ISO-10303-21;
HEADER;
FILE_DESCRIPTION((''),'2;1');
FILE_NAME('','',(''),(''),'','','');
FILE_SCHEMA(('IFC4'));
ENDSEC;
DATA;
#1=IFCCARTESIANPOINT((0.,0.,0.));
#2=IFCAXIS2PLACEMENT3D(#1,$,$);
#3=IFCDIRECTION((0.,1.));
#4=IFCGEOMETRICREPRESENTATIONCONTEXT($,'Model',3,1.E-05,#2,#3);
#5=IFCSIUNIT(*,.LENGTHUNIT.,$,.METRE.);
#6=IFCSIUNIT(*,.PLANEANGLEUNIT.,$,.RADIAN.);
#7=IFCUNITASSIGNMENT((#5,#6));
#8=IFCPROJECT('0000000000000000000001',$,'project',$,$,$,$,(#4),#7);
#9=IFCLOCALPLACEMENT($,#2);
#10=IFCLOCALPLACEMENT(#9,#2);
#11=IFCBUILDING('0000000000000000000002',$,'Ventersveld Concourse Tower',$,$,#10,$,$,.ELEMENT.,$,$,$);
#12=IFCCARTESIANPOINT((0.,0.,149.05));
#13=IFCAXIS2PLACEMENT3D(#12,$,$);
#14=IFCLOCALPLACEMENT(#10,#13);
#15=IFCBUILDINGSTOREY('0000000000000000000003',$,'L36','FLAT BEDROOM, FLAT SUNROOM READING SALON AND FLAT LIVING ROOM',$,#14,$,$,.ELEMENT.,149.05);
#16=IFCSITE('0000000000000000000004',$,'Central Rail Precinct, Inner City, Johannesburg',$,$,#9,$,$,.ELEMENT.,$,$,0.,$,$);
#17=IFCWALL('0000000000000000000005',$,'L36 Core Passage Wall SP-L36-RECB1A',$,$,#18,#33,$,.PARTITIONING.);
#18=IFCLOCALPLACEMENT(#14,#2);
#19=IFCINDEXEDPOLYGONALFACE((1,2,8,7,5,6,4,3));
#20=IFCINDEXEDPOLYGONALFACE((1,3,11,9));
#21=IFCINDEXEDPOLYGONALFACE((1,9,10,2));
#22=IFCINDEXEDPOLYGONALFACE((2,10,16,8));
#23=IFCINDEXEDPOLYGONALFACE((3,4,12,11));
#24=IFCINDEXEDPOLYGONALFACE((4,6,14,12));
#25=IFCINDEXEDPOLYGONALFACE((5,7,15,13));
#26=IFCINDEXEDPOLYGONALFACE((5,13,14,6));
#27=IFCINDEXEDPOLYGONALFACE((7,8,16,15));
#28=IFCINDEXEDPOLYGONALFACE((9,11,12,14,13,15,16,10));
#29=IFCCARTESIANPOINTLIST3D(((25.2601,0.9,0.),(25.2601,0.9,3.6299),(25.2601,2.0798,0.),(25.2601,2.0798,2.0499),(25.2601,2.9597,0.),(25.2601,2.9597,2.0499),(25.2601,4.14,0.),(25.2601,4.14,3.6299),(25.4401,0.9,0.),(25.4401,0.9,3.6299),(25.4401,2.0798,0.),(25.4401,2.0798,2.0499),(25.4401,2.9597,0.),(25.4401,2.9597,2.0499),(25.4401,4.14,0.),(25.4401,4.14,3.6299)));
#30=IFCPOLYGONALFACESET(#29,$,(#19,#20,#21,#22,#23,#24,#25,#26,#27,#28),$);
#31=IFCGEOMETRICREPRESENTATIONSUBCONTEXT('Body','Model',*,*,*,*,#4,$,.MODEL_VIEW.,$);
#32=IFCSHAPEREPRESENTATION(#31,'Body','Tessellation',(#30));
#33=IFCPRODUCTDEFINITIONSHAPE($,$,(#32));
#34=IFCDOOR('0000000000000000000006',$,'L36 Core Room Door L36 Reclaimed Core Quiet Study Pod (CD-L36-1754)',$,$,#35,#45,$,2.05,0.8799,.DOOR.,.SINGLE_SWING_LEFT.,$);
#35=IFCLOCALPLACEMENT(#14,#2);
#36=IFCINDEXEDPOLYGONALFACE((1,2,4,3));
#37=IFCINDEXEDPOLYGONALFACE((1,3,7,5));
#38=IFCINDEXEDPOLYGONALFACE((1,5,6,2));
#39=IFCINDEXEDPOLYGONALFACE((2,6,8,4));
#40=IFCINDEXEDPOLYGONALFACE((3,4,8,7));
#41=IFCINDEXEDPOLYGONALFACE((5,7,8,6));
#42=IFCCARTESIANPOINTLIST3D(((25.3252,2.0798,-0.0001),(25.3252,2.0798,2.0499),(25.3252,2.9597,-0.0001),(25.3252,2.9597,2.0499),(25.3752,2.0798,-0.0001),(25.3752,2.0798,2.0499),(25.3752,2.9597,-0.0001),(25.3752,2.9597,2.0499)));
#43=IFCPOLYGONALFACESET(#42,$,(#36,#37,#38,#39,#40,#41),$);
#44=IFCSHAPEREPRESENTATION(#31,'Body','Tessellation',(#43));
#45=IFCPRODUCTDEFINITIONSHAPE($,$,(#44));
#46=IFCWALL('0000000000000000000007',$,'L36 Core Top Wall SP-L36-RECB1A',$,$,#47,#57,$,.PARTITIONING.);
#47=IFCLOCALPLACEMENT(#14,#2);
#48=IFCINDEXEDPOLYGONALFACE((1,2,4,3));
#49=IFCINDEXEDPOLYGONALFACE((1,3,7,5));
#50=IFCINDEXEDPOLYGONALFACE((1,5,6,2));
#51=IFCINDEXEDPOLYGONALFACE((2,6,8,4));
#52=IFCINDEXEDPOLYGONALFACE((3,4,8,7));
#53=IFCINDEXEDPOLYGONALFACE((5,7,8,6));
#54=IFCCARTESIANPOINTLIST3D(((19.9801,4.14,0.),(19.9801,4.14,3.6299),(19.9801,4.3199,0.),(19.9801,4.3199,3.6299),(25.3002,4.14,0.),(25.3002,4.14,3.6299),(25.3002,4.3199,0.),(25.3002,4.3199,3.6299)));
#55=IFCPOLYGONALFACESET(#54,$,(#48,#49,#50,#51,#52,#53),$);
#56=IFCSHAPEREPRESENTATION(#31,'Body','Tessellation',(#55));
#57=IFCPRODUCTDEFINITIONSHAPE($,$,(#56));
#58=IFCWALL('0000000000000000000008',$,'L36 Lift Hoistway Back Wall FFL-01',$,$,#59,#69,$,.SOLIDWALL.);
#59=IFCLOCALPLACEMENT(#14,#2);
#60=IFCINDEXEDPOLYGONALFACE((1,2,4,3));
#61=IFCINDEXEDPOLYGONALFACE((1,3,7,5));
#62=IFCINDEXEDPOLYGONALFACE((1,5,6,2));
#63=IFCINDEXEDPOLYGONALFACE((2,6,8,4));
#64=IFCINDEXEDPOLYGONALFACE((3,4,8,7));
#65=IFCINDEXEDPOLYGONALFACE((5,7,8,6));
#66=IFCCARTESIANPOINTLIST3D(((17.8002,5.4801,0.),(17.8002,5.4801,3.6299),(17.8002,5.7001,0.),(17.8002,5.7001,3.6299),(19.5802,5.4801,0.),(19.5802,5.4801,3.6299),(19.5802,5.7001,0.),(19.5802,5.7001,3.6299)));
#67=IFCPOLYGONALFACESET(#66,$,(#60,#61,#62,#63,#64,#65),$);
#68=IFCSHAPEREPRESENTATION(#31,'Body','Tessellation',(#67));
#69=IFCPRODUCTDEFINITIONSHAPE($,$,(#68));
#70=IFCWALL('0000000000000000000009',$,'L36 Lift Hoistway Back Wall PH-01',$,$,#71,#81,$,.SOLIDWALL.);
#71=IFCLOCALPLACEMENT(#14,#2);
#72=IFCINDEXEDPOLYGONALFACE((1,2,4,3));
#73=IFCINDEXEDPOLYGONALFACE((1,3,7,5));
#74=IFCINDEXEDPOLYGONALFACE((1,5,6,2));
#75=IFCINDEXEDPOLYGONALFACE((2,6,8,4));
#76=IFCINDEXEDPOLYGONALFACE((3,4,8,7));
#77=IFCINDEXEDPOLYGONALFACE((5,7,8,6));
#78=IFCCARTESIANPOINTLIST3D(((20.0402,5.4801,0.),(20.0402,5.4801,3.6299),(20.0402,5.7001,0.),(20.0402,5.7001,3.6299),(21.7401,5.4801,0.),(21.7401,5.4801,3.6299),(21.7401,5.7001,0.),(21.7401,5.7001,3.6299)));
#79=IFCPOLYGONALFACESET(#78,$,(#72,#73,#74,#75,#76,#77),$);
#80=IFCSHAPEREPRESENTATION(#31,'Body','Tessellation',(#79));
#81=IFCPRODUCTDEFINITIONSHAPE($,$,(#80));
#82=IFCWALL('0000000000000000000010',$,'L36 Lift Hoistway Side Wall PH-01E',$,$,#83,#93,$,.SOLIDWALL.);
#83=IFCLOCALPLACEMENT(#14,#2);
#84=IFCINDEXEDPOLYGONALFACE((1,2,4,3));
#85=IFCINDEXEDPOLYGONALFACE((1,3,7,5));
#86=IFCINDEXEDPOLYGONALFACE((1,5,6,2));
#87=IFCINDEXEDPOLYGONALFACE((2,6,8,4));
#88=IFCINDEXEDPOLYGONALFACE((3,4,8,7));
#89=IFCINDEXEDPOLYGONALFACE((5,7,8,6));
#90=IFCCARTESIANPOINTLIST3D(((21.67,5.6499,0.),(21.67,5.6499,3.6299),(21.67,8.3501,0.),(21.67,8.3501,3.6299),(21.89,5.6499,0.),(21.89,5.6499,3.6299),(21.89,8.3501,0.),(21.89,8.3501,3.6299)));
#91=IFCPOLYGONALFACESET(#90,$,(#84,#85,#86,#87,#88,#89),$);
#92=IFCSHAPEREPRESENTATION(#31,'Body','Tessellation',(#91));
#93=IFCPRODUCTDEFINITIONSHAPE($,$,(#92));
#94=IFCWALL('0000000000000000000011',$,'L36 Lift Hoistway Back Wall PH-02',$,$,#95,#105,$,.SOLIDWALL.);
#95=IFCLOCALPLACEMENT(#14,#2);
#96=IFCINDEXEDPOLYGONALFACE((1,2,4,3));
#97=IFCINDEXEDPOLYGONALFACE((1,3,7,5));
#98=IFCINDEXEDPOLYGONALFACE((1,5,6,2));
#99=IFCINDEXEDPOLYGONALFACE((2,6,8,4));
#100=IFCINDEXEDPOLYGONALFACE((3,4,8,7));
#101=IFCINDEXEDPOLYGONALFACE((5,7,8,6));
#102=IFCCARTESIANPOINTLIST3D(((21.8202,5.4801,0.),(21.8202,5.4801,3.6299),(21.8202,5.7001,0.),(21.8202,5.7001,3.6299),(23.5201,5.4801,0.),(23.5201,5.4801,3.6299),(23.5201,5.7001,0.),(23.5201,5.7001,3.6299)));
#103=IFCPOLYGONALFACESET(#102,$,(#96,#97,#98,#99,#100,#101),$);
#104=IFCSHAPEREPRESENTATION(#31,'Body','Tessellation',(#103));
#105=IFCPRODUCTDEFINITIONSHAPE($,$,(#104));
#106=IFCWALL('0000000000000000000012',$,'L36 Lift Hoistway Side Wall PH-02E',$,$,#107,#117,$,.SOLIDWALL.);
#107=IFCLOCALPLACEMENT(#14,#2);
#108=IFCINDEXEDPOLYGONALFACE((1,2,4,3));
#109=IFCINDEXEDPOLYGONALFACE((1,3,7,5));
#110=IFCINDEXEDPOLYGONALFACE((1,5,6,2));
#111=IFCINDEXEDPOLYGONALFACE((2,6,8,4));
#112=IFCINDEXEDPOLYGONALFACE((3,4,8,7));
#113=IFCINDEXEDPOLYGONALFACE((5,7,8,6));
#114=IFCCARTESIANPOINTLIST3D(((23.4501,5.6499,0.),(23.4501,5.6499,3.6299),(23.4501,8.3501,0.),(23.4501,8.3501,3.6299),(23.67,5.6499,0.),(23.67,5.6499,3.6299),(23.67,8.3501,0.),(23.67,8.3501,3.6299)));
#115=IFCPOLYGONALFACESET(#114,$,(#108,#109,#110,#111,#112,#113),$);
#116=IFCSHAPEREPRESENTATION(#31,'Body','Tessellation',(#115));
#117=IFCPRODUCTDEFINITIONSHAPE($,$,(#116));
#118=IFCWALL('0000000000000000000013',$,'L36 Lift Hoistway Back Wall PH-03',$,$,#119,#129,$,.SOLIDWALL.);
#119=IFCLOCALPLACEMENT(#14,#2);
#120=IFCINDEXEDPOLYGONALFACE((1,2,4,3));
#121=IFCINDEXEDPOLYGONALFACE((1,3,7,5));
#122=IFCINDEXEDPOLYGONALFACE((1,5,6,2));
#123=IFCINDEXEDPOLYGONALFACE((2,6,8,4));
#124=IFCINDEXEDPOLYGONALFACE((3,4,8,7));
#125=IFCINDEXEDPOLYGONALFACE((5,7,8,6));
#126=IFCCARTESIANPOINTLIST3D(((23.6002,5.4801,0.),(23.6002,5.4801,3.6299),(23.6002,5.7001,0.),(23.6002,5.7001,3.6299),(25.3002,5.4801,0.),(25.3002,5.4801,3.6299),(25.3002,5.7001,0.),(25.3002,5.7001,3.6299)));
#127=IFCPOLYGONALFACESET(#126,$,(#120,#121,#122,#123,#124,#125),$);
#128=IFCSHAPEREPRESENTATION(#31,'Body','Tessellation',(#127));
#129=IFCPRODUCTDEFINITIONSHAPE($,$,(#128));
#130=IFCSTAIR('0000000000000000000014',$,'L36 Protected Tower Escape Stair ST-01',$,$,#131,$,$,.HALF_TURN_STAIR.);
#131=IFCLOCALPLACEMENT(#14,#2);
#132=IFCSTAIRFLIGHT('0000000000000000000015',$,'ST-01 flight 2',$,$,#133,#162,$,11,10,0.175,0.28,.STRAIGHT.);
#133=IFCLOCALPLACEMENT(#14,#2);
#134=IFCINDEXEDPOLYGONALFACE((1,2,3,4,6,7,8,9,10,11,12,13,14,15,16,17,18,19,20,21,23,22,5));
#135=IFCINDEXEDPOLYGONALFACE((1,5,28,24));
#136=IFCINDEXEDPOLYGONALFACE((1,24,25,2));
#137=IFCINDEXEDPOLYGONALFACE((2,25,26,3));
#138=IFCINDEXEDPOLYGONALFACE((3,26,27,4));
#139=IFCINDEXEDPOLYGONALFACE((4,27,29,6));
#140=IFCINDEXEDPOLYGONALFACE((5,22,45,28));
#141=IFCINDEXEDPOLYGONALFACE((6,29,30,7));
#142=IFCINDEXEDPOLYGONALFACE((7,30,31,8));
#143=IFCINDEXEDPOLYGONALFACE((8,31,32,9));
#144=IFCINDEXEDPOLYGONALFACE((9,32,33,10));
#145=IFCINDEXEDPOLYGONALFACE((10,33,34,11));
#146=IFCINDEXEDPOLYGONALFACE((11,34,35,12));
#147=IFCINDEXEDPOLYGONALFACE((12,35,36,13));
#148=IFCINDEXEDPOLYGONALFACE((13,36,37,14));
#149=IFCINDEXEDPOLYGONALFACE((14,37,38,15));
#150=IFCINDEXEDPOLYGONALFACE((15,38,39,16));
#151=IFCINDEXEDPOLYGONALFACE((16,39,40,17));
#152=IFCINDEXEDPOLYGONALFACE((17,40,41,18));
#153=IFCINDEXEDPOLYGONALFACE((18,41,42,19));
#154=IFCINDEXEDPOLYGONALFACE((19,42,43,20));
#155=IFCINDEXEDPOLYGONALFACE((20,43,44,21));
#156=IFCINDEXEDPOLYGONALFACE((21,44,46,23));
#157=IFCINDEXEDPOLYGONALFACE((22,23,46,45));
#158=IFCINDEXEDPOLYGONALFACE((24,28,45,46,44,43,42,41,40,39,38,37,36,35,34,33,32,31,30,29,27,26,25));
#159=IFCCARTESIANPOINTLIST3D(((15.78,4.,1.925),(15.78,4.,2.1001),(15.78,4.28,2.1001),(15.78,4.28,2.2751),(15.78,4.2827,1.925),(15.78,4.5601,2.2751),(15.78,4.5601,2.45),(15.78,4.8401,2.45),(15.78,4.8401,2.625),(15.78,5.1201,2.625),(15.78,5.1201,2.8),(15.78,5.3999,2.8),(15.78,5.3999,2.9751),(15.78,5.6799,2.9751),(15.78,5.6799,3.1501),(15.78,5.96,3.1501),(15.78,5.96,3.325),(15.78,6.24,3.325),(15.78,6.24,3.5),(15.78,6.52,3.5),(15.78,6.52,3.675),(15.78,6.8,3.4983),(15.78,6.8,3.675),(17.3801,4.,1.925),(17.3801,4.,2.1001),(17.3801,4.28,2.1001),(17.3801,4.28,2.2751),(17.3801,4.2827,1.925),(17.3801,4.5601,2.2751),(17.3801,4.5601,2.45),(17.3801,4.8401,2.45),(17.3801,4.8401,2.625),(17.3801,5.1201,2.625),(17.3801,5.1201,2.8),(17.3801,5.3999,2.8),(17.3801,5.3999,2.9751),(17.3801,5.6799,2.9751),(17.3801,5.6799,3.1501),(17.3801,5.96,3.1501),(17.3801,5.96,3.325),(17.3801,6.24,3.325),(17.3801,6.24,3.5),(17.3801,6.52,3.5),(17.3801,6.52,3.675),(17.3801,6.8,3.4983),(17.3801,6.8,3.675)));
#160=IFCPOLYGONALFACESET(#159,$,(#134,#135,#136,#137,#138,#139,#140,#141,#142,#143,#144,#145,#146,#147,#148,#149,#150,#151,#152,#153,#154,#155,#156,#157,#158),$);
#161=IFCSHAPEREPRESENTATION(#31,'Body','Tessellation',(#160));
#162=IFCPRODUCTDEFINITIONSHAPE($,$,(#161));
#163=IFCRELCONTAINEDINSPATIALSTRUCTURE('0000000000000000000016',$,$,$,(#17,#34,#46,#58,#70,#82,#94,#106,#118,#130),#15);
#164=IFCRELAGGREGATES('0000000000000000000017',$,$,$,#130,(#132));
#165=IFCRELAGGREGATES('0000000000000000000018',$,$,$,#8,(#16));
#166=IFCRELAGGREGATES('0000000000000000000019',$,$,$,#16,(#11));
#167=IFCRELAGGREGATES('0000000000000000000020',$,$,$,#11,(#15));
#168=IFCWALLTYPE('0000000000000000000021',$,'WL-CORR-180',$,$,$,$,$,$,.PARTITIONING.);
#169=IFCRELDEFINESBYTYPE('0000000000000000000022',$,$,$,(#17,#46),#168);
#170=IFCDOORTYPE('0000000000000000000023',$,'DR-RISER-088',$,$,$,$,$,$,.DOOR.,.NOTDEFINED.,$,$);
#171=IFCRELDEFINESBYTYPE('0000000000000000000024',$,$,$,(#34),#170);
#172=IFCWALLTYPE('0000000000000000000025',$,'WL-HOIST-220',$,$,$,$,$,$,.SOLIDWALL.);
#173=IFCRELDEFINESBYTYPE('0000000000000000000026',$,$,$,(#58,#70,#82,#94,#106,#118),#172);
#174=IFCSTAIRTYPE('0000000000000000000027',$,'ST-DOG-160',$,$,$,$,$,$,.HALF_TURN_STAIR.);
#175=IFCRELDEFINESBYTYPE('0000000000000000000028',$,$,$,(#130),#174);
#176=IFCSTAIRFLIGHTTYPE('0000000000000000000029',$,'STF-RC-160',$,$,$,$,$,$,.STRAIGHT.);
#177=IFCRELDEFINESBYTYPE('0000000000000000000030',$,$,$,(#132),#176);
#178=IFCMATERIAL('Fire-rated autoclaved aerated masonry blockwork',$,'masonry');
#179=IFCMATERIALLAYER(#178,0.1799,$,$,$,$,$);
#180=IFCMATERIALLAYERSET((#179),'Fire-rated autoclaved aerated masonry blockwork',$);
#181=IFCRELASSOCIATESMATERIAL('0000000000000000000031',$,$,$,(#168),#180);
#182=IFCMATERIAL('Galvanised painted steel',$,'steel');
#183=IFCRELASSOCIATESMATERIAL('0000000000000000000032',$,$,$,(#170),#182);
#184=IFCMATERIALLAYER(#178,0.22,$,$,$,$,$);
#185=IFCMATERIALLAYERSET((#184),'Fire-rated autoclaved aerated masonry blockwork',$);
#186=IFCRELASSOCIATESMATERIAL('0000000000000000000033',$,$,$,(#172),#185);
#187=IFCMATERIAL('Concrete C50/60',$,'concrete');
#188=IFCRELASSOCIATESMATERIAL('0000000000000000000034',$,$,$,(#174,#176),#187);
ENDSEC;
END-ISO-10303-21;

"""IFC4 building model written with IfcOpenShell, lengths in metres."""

from ifc_helpers import new_model, si_unit, direction, frame, frame_2d, origin, place, context, subcontext, project, spatial, polyline, rectangle, outline, extrude, material, layer, layer_set, type_object, element, fill, aggregate, save


model = new_model("IFC4")

# Units and contexts
model_context = context("Model", 3, precision=1e-05, world=origin(), true_north=direction((0.0, 1.0)))
body_context = subcontext(model_context, "Body", "Model", "MODEL_VIEW")
ifc_project = project(units=[si_unit("LENGTHUNIT", "METRE"), si_unit("PLANEANGLEUNIT", "RADIAN")], contexts=[model_context])

# Site, building, storey
site_placement = place(None, origin())
site = spatial("IfcSite", under=ifc_project, at=site_placement, Name="Central Rail Precinct, Inner City, Johannesburg", CompositionType="ELEMENT", RefElevation=0.0)
building_placement = place(site_placement, origin())
building = spatial("IfcBuilding", under=site, at=building_placement, Name="Ventersveld Concourse Tower", CompositionType="ELEMENT")
storey_placement = place(building_placement, frame((0.0, 0.0, 149.05)))
storey = spatial("IfcBuildingStorey", under=building, at=storey_placement, Name="L36", Description="FLAT BEDROOM, FLAT SUNROOM READING SALON AND FLAT LIVING ROOM", CompositionType="ELEMENT", Elevation=149.05)

# Shared definitions
ifc_material_1 = material(Name="Concrete C50/60", Category="concrete")

# Wall, opening, door
ifc_material_2 = material(Name="Fire-rated autoclaved aerated masonry blockwork", Category="masonry")
ifc_layer_1 = layer(ifc_material_2, 0.1799)
ifc_layer_set_1 = layer_set([ifc_layer_1], Name="Fire-rated autoclaved aerated masonry blockwork")
wall_type_1 = type_object("IfcWallType", Name="WL-CORR-180", PredefinedType="PARTITIONING", material=ifc_layer_set_1)
wall_1_placement = place(storey_placement, frame((25.3501, 0.8999, 0.0), z_axis=(0.0, 0.0, 1.0), x_axis=(0.0, 1.0, 0.0)))
wall_1 = element("IfcWall", 1, at=wall_1_placement, inside=storey, type_object=wall_type_1, Name="L36 Core Passage Wall SP-L36-RECB1A", PredefinedType="PARTITIONING", context=body_context, shape_type="SweptSolid", body=[
    extrude(rectangle(XDim=3.24, YDim=0.1799, at=frame_2d((1.6201, 0.0))), origin(), (0.0, 0.0, 1.0), 3.6299),
])
opening_placement = place(wall_1_placement, frame((1.1799, 0.0, 0.0)))
opening = element("IfcOpeningElement", 2, at=opening_placement, cuts=wall_1, PredefinedType="OPENING", context=body_context, shape_type="SweptSolid", body=[
    extrude(rectangle(XDim=0.8799, YDim=2.05, at=frame_2d((0.4399, 1.0249))), frame((0.0, 0.1001, 0.0), z_axis=(0.0, -1.0, 0.0), x_axis=(1.0, 0.0, 0.0)), (0.0, 0.0, 1.0), 0.2),
])
ifc_material_3 = material(Name="Galvanised painted steel", Category="steel")
door_type = type_object("IfcDoorType", Name="DR-RISER-088", OperationType="NOTDEFINED", PredefinedType="DOOR", material=ifc_material_3)
door_placement = place(opening_placement, origin())
door = element("IfcDoor", 3, at=door_placement, inside=storey, type_object=door_type, Name="L36 Core Room Door L36 Reclaimed Core Quiet Study Pod (CD-L36-1754)", OperationType="SINGLE_SWING_LEFT", OverallHeight=2.05, OverallWidth=0.8799, PredefinedType="DOOR", context=body_context, shape_type="SweptSolid", body=[
    extrude(rectangle(XDim=0.8799, YDim=2.05, at=frame_2d((0.4399, 1.0249))), frame((0.0, 0.0249, 0.0), z_axis=(0.0, -1.0, 0.0), x_axis=(1.0, 0.0, 0.0)), (0.0, 0.0, 1.0), 0.05),
])
fill(opening, door)

# Walls
wall_2_placement = place(storey_placement, frame((19.98, 4.23, 0.0), z_axis=(0.0, 0.0, 1.0), x_axis=(1.0, 0.0, 0.0)))
element("IfcWall", 4, at=wall_2_placement, inside=storey, type_object=wall_type_1, Name="L36 Core Top Wall SP-L36-RECB1A", PredefinedType="PARTITIONING", context=body_context, shape_type="SweptSolid", body=[
    extrude(rectangle(XDim=5.3201, YDim=0.1799, at=frame_2d((2.6602, 0.0))), origin(), (0.0, 0.0, 1.0), 3.6299),
])
ifc_layer_2 = layer(ifc_material_2, 0.22)
ifc_layer_set_2 = layer_set([ifc_layer_2], Name="Fire-rated autoclaved aerated masonry blockwork")
wall_type_2 = type_object("IfcWallType", Name="WL-HOIST-220", PredefinedType="SOLIDWALL", material=ifc_layer_set_2)
wall_3_placement = place(storey_placement, frame((17.8, 5.5901, 0.0), z_axis=(0.0, 0.0, 1.0), x_axis=(1.0, 0.0, 0.0)))
element("IfcWall", 5, at=wall_3_placement, inside=storey, type_object=wall_type_2, Name="L36 Lift Hoistway Back Wall FFL-01", PredefinedType="SOLIDWALL", context=body_context, shape_type="SweptSolid", body=[
    extrude(rectangle(XDim=1.78, YDim=0.22, at=frame_2d((0.8901, 0.0))), origin(), (0.0, 0.0, 1.0), 3.6299),
])
wall_4_placement = place(storey_placement, frame((20.04, 5.5901, 0.0), z_axis=(0.0, 0.0, 1.0), x_axis=(1.0, 0.0, 0.0)))
element("IfcWall", 6, at=wall_4_placement, inside=storey, type_object=wall_type_2, Name="L36 Lift Hoistway Back Wall PH-01", PredefinedType="SOLIDWALL", context=body_context, shape_type="SweptSolid", body=[
    extrude(rectangle(XDim=1.7, YDim=0.22, at=frame_2d((0.8501, 0.0))), origin(), (0.0, 0.0, 1.0), 3.6299),
])
wall_5_placement = place(storey_placement, frame((21.78, 5.6499, 0.0), z_axis=(0.0, 0.0, 1.0), x_axis=(0.0, 1.0, 0.0)))
element("IfcWall", 7, at=wall_5_placement, inside=storey, type_object=wall_type_2, Name="L36 Lift Hoistway Side Wall PH-01E", PredefinedType="SOLIDWALL", context=body_context, shape_type="SweptSolid", body=[
    extrude(rectangle(XDim=2.7002, YDim=0.22, at=frame_2d((1.3501, 0.0))), origin(), (0.0, 0.0, 1.0), 3.6299),
])
wall_6_placement = place(storey_placement, frame((21.8201, 5.5901, 0.0), z_axis=(0.0, 0.0, 1.0), x_axis=(1.0, 0.0, 0.0)))
element("IfcWall", 8, at=wall_6_placement, inside=storey, type_object=wall_type_2, Name="L36 Lift Hoistway Back Wall PH-02", PredefinedType="SOLIDWALL", context=body_context, shape_type="SweptSolid", body=[
    extrude(rectangle(XDim=1.7, YDim=0.22, at=frame_2d((0.8501, 0.0))), origin(), (0.0, 0.0, 1.0), 3.6299),
])
wall_7_placement = place(storey_placement, frame((23.5601, 5.6499, 0.0), z_axis=(0.0, 0.0, 1.0), x_axis=(0.0, 1.0, 0.0)))
element("IfcWall", 9, at=wall_7_placement, inside=storey, type_object=wall_type_2, Name="L36 Lift Hoistway Side Wall PH-02E", PredefinedType="SOLIDWALL", context=body_context, shape_type="SweptSolid", body=[
    extrude(rectangle(XDim=2.7002, YDim=0.22, at=frame_2d((1.3501, 0.0))), origin(), (0.0, 0.0, 1.0), 3.6299),
])
wall_8_placement = place(storey_placement, frame((23.6001, 5.5901, 0.0), z_axis=(0.0, 0.0, 1.0), x_axis=(1.0, 0.0, 0.0)))
element("IfcWall", 10, at=wall_8_placement, inside=storey, type_object=wall_type_2, Name="L36 Lift Hoistway Back Wall PH-03", PredefinedType="SOLIDWALL", context=body_context, shape_type="SweptSolid", body=[
    extrude(rectangle(XDim=1.7, YDim=0.22, at=frame_2d((0.8501, 0.0))), origin(), (0.0, 0.0, 1.0), 3.6299),
])

# Stair, stair flight
stair_type = type_object("IfcStairType", Name="ST-DOG-160", PredefinedType="HALF_TURN_STAIR", material=ifc_material_1)
stair_placement = place(storey_placement, origin())
stair = element("IfcStair", 11, at=stair_placement, inside=storey, type_object=stair_type, Name="L36 Protected Tower Escape Stair ST-01", PredefinedType="HALF_TURN_STAIR")
stair_flight_type = type_object("IfcStairFlightType", Name="STF-RC-160", PredefinedType="STRAIGHT", material=ifc_material_1)
stair_flight_placement = place(storey_placement, frame((16.5801, 4.0, 1.925), z_axis=(0.0, 0.0, 1.0), x_axis=(0.0, 1.0, 0.0)))
stair_flight = element("IfcStairFlight", 12, at=stair_flight_placement, type_object=stair_flight_type, Name="ST-01 flight 2", NumberOfRisers=11, NumberOfTreads=10, PredefinedType="STRAIGHT", RiserHeight=0.175, TreadLength=0.28, context=body_context, shape_type="SweptSolid", body=[
    extrude(outline(polyline([(0.0, 0.0), (0.0, 0.175), (0.28, 0.175), (0.28, 0.3501), (0.5601, 0.3501), (0.5601, 0.5249), (0.8401, 0.5249), (0.8401, 0.7), (1.1201, 0.7), (1.1201, 0.875), (1.3999, 0.875), (1.3999, 1.05), (1.6799, 1.05), (1.6799, 1.2251), (1.96, 1.2251), (1.96, 1.3999), (2.24, 1.3999), (2.24, 1.575), (2.52, 1.575), (2.52, 1.75), (2.8, 1.75), (2.8, 1.925), (2.8, 1.5732), (0.2827, 0.0), (0.0, 0.0)])), frame((0.0, 0.8, 0.0), z_axis=(0.0, -1.0, 0.0), x_axis=(1.0, 0.0, 0.0)), (0.0, 0.0, 1.0), 1.6001),
])
aggregate(stair, [stair_flight])

save(model, "model.ifc")
